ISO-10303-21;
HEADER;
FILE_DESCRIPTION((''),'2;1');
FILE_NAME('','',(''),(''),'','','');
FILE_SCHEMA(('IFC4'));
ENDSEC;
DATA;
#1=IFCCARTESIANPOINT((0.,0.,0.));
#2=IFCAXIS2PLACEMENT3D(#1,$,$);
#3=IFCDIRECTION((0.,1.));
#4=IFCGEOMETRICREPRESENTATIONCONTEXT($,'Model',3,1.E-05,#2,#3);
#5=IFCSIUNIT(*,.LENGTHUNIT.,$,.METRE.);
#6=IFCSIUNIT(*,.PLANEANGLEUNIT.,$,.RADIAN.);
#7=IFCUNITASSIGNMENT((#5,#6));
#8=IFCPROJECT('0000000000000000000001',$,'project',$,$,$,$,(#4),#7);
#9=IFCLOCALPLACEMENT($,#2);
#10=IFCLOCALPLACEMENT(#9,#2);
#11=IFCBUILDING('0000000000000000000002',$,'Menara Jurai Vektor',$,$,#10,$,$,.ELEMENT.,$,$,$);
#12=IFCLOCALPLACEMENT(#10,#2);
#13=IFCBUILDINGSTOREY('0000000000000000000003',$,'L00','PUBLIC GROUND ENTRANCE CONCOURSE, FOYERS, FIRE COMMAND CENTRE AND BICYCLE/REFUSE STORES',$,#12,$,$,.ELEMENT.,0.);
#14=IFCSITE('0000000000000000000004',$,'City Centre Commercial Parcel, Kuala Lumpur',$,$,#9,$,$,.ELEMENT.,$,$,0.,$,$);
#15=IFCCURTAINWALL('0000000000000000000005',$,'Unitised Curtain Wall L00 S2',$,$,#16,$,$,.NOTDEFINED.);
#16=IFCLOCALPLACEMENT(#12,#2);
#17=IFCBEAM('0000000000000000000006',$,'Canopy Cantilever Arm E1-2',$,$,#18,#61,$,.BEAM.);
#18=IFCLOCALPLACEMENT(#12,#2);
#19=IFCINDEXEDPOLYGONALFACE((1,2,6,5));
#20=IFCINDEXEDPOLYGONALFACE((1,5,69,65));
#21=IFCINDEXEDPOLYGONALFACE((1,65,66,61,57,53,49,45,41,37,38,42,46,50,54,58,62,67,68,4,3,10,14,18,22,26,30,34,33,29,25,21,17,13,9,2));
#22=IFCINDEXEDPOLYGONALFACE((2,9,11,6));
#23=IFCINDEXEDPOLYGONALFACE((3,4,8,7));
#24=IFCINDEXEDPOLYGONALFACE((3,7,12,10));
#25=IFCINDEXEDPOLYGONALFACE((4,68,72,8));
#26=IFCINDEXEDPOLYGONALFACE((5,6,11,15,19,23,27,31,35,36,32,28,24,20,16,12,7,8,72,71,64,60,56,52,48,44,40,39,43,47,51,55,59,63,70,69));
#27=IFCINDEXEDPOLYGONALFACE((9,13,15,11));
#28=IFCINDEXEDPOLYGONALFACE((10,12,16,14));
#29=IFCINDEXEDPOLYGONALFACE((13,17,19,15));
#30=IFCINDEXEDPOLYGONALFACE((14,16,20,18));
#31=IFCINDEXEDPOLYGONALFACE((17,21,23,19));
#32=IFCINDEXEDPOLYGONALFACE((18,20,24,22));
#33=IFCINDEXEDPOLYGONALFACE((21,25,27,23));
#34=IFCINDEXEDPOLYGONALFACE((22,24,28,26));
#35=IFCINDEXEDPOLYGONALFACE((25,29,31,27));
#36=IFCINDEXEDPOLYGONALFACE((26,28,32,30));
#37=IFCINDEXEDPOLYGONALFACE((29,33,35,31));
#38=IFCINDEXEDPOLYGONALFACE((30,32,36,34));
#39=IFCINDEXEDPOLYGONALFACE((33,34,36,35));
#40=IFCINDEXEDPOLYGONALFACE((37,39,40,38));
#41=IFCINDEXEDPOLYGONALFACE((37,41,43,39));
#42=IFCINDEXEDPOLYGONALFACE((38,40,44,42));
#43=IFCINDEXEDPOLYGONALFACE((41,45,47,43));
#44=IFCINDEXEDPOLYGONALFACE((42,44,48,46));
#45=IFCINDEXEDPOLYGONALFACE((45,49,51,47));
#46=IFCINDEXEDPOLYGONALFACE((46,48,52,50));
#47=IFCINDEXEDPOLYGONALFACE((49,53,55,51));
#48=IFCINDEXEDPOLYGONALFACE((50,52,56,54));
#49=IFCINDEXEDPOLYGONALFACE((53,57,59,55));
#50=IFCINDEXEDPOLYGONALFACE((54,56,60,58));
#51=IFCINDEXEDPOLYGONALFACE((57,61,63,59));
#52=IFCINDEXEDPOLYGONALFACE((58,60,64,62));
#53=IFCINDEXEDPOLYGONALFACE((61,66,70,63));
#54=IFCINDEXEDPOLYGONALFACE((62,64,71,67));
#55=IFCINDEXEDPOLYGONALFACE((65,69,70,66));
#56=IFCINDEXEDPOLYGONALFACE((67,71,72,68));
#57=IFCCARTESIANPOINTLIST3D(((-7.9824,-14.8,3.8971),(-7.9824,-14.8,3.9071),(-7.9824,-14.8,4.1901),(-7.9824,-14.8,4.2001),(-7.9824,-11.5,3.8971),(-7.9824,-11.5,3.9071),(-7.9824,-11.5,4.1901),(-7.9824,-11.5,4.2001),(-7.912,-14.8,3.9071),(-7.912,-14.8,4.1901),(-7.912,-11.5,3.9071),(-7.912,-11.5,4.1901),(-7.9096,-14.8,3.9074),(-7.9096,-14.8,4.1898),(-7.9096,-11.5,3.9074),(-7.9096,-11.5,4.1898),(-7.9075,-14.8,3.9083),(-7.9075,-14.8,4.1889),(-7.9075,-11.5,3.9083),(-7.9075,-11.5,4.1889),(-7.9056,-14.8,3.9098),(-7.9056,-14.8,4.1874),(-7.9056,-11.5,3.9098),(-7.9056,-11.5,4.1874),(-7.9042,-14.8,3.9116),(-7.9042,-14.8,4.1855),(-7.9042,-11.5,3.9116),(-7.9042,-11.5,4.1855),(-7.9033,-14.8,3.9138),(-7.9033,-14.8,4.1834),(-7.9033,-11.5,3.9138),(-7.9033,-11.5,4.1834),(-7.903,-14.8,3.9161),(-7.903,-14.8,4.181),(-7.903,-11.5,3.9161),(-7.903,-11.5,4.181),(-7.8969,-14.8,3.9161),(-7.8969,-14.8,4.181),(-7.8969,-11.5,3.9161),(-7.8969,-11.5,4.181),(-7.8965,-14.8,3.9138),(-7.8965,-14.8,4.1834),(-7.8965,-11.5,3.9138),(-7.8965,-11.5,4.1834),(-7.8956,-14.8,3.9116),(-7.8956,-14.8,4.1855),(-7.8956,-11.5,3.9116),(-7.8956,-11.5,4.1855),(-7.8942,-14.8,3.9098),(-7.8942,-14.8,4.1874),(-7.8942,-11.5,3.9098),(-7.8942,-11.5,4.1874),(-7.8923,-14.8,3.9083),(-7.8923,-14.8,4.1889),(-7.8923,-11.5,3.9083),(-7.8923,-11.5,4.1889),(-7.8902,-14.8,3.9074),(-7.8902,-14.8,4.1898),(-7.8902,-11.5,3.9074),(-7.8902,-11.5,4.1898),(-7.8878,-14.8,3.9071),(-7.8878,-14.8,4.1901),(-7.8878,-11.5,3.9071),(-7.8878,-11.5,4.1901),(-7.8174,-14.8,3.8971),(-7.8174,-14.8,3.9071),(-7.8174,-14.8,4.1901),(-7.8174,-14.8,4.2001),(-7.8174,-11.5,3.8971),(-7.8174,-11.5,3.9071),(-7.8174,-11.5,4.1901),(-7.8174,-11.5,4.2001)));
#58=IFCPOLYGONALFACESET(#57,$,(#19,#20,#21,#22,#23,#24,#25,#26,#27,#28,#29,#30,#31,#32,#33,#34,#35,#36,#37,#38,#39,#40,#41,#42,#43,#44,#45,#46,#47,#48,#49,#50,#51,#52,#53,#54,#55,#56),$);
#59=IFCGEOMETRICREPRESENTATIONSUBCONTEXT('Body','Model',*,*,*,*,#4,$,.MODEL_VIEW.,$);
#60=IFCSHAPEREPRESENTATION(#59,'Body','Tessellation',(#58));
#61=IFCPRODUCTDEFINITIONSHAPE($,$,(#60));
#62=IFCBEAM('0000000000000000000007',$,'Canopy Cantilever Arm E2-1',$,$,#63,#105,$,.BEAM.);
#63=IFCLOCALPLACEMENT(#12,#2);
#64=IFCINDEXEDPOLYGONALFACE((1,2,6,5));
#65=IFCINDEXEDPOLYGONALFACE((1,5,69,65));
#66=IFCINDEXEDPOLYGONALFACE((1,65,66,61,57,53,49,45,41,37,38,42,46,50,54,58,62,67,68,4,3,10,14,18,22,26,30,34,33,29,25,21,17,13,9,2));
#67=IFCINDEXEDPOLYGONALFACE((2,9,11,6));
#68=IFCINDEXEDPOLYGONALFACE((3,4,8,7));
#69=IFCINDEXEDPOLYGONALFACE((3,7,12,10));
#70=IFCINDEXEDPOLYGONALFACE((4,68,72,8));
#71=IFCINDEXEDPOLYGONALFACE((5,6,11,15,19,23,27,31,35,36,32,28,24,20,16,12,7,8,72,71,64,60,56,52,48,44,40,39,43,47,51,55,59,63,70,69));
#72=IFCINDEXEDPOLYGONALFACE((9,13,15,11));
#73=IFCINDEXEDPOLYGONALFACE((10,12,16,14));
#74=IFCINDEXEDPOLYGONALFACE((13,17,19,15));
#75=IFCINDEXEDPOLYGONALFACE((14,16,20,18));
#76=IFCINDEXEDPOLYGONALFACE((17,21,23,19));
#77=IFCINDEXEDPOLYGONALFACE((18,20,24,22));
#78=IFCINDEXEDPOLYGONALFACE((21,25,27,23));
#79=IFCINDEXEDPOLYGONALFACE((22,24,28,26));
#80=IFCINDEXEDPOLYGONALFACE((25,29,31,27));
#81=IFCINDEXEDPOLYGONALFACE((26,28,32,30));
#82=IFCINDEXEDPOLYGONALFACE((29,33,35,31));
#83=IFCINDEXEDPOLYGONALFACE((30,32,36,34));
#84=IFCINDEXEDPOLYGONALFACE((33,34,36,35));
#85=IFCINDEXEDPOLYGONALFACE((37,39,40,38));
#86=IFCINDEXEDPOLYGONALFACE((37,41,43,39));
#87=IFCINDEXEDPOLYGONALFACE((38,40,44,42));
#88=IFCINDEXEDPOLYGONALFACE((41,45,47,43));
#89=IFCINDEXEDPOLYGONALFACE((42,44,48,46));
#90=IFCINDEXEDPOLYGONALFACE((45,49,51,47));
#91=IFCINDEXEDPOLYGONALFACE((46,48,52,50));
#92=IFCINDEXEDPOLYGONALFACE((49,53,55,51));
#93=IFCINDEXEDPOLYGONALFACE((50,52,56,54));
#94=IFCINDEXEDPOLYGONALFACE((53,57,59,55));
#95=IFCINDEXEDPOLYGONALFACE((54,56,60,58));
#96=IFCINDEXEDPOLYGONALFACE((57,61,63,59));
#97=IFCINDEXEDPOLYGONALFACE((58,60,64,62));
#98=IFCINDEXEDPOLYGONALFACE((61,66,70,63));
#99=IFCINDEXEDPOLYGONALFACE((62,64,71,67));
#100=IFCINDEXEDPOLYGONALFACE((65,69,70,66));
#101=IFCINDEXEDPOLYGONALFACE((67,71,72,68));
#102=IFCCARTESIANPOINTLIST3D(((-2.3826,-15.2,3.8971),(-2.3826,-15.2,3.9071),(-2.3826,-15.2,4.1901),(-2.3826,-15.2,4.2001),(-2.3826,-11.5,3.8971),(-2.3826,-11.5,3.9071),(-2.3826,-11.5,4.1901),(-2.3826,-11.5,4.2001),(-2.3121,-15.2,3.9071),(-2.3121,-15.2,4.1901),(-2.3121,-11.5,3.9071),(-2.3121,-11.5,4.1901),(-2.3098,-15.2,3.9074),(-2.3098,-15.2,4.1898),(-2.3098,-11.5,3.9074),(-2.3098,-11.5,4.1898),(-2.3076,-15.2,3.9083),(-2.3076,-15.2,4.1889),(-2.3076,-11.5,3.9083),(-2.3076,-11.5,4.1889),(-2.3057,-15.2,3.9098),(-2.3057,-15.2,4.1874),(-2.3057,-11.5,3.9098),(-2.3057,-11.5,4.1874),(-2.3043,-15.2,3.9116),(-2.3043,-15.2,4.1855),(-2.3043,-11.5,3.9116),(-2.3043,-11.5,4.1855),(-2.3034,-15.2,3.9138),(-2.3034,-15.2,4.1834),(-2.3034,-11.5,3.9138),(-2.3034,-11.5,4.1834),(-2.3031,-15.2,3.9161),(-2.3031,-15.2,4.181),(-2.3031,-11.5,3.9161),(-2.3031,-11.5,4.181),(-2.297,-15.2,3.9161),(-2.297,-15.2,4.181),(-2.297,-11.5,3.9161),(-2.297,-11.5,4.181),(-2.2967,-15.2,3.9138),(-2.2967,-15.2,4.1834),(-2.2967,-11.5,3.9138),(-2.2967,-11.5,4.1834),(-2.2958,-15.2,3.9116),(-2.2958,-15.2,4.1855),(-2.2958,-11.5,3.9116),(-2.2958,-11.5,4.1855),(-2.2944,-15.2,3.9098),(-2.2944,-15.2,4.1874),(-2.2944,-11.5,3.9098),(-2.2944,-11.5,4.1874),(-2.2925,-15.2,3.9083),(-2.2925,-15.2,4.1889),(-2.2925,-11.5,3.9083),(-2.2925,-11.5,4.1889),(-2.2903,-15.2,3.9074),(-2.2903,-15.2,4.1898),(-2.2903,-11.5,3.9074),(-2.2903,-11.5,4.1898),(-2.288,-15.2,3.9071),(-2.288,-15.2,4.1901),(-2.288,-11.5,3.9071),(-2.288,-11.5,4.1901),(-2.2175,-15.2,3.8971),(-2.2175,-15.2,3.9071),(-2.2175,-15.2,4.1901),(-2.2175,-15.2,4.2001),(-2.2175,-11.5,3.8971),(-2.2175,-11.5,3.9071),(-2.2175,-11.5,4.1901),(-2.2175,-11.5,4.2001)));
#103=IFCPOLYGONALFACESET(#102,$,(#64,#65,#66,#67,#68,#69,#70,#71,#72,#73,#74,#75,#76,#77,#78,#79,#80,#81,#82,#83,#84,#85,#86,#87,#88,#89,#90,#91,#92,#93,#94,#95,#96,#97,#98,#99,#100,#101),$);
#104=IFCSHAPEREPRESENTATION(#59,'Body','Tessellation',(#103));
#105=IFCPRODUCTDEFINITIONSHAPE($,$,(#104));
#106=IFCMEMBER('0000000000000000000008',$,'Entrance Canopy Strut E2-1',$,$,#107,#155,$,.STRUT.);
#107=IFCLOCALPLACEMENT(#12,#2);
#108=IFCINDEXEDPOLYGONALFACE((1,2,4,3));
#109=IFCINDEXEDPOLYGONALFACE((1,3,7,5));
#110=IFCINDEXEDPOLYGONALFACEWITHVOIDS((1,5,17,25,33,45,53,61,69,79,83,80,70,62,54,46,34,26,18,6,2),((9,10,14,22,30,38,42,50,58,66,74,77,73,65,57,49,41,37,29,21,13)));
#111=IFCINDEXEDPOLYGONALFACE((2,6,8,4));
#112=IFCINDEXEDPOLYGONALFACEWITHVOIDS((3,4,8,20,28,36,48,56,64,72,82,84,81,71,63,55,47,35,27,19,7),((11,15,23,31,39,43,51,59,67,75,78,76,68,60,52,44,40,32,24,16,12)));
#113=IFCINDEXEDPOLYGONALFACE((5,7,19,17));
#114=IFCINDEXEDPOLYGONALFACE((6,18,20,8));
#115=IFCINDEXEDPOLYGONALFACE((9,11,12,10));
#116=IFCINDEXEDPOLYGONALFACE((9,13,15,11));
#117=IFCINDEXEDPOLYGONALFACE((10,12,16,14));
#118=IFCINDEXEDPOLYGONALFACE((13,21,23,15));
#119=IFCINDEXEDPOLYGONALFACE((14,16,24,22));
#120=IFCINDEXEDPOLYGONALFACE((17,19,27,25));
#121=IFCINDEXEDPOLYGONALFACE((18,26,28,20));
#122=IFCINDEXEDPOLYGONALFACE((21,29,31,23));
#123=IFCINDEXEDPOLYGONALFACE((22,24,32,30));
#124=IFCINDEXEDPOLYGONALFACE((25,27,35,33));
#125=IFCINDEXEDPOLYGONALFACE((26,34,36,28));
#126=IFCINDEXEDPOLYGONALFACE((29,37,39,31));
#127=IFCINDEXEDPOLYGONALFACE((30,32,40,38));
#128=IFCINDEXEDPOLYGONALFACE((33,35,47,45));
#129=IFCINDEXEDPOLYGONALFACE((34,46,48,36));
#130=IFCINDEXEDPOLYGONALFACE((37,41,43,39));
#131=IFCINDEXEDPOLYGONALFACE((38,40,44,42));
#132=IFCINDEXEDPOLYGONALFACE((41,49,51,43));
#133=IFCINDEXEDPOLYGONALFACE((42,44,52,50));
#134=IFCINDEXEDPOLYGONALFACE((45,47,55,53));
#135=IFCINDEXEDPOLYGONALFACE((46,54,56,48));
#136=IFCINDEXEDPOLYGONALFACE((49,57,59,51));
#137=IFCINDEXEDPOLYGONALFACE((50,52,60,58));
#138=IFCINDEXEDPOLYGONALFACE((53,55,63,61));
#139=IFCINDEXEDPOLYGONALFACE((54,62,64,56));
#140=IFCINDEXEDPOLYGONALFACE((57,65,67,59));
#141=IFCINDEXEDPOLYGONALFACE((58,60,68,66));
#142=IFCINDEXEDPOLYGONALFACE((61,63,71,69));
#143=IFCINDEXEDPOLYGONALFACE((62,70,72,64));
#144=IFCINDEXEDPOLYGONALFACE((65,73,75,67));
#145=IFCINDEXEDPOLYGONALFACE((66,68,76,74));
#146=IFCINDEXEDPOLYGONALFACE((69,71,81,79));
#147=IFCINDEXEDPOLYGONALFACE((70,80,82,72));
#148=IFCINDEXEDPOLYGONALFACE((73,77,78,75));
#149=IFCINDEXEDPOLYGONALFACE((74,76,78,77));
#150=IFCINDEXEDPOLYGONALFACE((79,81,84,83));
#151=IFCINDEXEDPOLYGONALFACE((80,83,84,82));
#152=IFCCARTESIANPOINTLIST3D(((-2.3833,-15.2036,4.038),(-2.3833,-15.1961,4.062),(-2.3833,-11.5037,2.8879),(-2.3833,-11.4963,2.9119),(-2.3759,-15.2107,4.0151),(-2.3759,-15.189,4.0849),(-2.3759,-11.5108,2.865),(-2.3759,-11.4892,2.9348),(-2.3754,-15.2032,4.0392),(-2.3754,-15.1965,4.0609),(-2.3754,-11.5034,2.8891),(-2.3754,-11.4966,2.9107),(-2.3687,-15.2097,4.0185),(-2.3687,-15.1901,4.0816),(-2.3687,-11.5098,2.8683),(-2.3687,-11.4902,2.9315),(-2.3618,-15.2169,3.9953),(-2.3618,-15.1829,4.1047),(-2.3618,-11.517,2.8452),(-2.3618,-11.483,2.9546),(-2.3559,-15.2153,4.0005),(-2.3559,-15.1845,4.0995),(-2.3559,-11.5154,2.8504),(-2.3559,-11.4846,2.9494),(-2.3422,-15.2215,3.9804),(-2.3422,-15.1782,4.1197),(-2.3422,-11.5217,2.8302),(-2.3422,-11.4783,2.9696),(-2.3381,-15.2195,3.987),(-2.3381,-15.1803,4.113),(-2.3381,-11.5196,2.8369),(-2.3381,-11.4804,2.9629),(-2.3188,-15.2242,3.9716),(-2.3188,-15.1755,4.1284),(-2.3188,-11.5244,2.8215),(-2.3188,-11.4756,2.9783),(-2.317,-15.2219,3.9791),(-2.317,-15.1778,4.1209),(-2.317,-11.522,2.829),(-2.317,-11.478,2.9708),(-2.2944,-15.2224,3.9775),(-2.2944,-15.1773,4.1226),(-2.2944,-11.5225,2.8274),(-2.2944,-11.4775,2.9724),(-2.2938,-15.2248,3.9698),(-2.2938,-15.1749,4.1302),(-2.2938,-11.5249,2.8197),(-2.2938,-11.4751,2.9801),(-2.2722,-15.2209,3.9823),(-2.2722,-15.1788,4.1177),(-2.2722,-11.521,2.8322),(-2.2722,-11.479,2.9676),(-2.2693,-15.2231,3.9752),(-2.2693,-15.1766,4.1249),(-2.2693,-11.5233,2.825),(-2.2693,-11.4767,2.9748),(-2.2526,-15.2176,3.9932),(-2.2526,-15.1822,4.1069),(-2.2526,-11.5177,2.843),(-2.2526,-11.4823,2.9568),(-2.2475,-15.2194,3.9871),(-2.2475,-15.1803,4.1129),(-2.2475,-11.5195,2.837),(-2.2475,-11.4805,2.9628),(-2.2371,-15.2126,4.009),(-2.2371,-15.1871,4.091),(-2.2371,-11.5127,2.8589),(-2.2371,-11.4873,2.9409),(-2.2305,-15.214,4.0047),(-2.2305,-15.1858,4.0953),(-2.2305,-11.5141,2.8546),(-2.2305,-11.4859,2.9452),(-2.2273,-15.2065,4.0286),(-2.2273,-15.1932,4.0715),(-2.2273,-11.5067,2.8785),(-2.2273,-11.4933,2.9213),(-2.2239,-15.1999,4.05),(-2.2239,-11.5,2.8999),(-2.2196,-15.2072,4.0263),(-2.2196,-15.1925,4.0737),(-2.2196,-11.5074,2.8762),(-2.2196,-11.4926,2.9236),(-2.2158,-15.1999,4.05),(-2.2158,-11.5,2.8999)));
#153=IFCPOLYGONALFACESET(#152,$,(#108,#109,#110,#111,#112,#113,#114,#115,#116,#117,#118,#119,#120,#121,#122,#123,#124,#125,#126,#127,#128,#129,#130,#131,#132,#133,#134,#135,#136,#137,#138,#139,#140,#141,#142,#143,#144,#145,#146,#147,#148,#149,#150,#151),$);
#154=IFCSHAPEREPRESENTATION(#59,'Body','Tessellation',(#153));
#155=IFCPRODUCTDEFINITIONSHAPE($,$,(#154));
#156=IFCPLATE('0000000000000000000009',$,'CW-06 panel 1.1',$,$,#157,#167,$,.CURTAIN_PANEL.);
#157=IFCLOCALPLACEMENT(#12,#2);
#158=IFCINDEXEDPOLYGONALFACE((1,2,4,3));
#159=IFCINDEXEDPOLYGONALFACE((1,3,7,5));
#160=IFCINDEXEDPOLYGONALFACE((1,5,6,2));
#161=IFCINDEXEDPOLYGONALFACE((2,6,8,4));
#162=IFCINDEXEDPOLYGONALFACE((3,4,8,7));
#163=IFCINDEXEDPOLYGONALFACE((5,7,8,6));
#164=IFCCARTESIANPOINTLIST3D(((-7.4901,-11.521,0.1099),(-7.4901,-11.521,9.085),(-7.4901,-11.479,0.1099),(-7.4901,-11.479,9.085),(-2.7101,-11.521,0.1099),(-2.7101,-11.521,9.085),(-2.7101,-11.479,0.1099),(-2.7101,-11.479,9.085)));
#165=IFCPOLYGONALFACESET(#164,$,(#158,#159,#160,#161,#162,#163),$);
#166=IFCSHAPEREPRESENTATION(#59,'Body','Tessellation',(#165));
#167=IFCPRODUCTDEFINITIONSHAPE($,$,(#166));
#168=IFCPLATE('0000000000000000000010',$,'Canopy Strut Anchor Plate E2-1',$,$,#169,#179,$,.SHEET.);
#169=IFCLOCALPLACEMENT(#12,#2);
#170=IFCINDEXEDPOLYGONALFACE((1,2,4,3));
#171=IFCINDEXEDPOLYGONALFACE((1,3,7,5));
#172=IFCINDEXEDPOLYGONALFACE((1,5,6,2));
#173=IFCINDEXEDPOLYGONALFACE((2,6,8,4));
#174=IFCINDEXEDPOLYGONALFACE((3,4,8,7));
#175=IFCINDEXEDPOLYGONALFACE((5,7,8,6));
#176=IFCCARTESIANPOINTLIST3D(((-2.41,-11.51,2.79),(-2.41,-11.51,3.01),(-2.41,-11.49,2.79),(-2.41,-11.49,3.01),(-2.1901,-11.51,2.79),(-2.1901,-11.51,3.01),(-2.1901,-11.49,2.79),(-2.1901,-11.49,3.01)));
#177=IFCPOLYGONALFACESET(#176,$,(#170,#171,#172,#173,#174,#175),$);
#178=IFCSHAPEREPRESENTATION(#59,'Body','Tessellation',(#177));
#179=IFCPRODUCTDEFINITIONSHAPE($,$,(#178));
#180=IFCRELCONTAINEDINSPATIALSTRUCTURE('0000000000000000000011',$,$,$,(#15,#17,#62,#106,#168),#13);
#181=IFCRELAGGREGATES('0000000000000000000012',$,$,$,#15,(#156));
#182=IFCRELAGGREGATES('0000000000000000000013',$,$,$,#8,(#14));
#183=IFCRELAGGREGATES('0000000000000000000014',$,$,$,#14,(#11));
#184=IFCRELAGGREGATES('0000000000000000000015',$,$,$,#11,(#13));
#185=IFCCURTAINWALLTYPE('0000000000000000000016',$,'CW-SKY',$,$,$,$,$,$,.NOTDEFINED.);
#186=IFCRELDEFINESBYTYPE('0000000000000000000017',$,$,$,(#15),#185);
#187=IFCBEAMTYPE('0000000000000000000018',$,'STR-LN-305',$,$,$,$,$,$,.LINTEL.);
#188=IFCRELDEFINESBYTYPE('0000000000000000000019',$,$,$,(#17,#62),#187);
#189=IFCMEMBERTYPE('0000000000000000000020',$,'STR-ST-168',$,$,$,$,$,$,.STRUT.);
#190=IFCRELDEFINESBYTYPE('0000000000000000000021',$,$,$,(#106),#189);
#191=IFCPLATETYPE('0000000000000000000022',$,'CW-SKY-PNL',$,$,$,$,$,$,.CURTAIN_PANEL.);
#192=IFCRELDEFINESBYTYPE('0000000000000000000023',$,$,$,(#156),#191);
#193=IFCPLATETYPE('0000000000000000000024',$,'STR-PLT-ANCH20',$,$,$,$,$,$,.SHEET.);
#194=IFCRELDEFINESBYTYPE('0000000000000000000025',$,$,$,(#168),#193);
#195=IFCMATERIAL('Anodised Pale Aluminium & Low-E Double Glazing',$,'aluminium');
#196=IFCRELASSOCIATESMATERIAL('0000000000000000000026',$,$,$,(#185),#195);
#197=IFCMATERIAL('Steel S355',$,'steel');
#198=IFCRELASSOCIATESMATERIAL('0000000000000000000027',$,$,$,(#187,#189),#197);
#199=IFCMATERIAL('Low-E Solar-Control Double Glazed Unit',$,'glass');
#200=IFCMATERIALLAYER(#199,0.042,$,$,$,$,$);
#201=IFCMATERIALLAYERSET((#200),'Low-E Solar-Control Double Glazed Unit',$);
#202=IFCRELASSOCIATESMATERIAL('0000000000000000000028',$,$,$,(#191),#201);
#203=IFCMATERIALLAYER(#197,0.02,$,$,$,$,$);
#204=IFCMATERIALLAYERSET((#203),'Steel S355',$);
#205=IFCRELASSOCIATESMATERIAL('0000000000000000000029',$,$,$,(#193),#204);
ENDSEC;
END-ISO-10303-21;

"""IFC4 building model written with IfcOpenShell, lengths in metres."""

from ifc_helpers import new_model, si_unit, direction, frame, origin, origin_2d, place, context, subcontext, project, spatial, rectangle, hollow_circle, i_section, extrude, material, layer, layer_set, material_profile, profile_set, type_object, element, aggregate, save


model = new_model("IFC4")

# Units and contexts
model_context = context("Model", 3, precision=1e-05, world=origin(), true_north=direction((0.0, 1.0)))
body_context = subcontext(model_context, "Body", "Model", "MODEL_VIEW")
ifc_project = project(units=[si_unit("LENGTHUNIT", "METRE"), si_unit("PLANEANGLEUNIT", "RADIAN")], contexts=[model_context])

# Site, building, storey
site_placement = place(None, origin())
site = spatial("IfcSite", under=ifc_project, at=site_placement, Name="City Centre Commercial Parcel, Kuala Lumpur", CompositionType="ELEMENT", RefElevation=0.0)
building_placement = place(site_placement, origin())
building = spatial("IfcBuilding", under=site, at=building_placement, Name="Menara Jurai Vektor", CompositionType="ELEMENT")
storey_placement = place(building_placement, origin())
storey = spatial("IfcBuildingStorey", under=building, at=storey_placement, Name="L00", Description="PUBLIC GROUND ENTRANCE CONCOURSE, FOYERS, FIRE COMMAND CENTRE AND BICYCLE/REFUSE STORES", CompositionType="ELEMENT", Elevation=0.0)

# Curtain wall
ifc_material_1 = material(Name="Anodised Pale Aluminium & Low-E Double Glazing", Category="aluminium")
curtain_wall_type = type_object("IfcCurtainWallType", Name="CW-SKY", PredefinedType="NOTDEFINED", material=ifc_material_1)
curtain_wall_placement = place(storey_placement, origin())
curtain_wall = element("IfcCurtainWall", 1, at=curtain_wall_placement, inside=storey, type_object=curtain_wall_type, Name="Unitised Curtain Wall L00 S2", PredefinedType="NOTDEFINED")

# Beams
ifc_material_2 = material(Name="Steel S355", Category="steel")
ifc_material_profile_1 = material_profile(ifc_material_2, i_section(OverallWidth=0.165, OverallDepth=0.303, WebThickness=0.0061, FlangeThickness=0.01, FilletRadius=0.009, at=origin_2d()), Name="UKB 305x165x40")
ifc_profile_set_1 = profile_set([ifc_material_profile_1], Name="Steel S355")
beam_type_1 = type_object("IfcBeamType", Name="STR-LN-305", PredefinedType="LINTEL", material=ifc_profile_set_1)
beam_1_placement = place(storey_placement, frame((-7.8999, -11.5, 4.0486), z_axis=(0.0, -1.0, 0.0), x_axis=(1.0, 0.0, 0.0)))
element("IfcBeam", 2, at=beam_1_placement, inside=storey, type_object=beam_type_1, Name="Canopy Cantilever Arm E1-2", PredefinedType="BEAM", context=body_context, shape_type="SweptSolid", body=[
    extrude(i_section(OverallWidth=0.165, OverallDepth=0.303, WebThickness=0.0061, FlangeThickness=0.01, FilletRadius=0.009, at=origin_2d()), origin(), (0.0, 0.0, 1.0), 3.3),
])
beam_2_placement = place(storey_placement, frame((-2.3, -11.5, 4.0486), z_axis=(0.0, -1.0, 0.0), x_axis=(1.0, 0.0, 0.0)))
element("IfcBeam", 3, at=beam_2_placement, inside=storey, type_object=beam_type_1, Name="Canopy Cantilever Arm E2-1", PredefinedType="BEAM", context=body_context, shape_type="SweptSolid", body=[
    extrude(i_section(OverallWidth=0.165, OverallDepth=0.303, WebThickness=0.0061, FlangeThickness=0.01, FilletRadius=0.009, at=origin_2d()), origin(), (0.0, 0.0, 1.0), 3.7),
])

# Member
ifc_material_profile_2 = material_profile(ifc_material_2, hollow_circle(Radius=0.0842, WallThickness=0.0081, at=origin_2d()), Name="CHS 168.3x8")
ifc_profile_set_2 = profile_set([ifc_material_profile_2], Name="Steel S355")
member_type_1 = type_object("IfcMemberType", Name="STR-ST-168", PredefinedType="STRUT", material=ifc_profile_set_2)
member_1_placement = place(storey_placement, frame((-2.3, -11.5, 2.8999), z_axis=(0.0, -0.954926, 0.296843), x_axis=(1.0, 0.0, 0.0)))
element("IfcMember", 4, at=member_1_placement, inside=storey, type_object=member_type_1, Name="Entrance Canopy Strut E2-1", PredefinedType="STRUT", context=body_context, shape_type="SweptSolid", body=[
    extrude(hollow_circle(Radius=0.0842, WallThickness=0.0081, at=origin_2d()), origin(), (0.0, 0.0, 1.0), 3.8745),
])

# Plates
ifc_material_3 = material(Name="Low-E Solar-Control Double Glazed Unit", Category="glass")
ifc_layer_1 = layer(ifc_material_3, 0.042)
ifc_layer_set_1 = layer_set([ifc_layer_1], Name="Low-E Solar-Control Double Glazed Unit")
plate_type_1 = type_object("IfcPlateType", Name="CW-SKY-PNL", PredefinedType="CURTAIN_PANEL", material=ifc_layer_set_1)
plate_1_placement = place(storey_placement, frame((-5.1001, -11.5, 0.1099), z_axis=(0.0, 0.0, 1.0), x_axis=(1.0, 0.0, 0.0)))
plate_1 = element("IfcPlate", 5, at=plate_1_placement, type_object=plate_type_1, Name="CW-06 panel 1.1", PredefinedType="CURTAIN_PANEL", context=body_context, shape_type="SweptSolid", body=[
    extrude(rectangle(XDim=4.78, YDim=0.042, at=origin_2d()), origin(), (0.0, 0.0, 1.0), 8.9751),
])
aggregate(curtain_wall, [plate_1])
ifc_layer_2 = layer(ifc_material_2, 0.02)
ifc_layer_set_2 = layer_set([ifc_layer_2], Name="Steel S355")
plate_type_2 = type_object("IfcPlateType", Name="STR-PLT-ANCH20", PredefinedType="SHEET", material=ifc_layer_set_2)
plate_2_placement = place(storey_placement, frame((-2.3, -11.5, 2.79), z_axis=(0.0, 0.0, 1.0), x_axis=(1.0, 0.0, 0.0)))
element("IfcPlate", 6, at=plate_2_placement, inside=storey, type_object=plate_type_2, Name="Canopy Strut Anchor Plate E2-1", PredefinedType="SHEET", context=body_context, shape_type="SweptSolid", body=[
    extrude(rectangle(XDim=0.22, YDim=0.02, at=origin_2d()), origin(), (0.0, 0.0, 1.0), 0.22),
])

save(model, "model.ifc")
